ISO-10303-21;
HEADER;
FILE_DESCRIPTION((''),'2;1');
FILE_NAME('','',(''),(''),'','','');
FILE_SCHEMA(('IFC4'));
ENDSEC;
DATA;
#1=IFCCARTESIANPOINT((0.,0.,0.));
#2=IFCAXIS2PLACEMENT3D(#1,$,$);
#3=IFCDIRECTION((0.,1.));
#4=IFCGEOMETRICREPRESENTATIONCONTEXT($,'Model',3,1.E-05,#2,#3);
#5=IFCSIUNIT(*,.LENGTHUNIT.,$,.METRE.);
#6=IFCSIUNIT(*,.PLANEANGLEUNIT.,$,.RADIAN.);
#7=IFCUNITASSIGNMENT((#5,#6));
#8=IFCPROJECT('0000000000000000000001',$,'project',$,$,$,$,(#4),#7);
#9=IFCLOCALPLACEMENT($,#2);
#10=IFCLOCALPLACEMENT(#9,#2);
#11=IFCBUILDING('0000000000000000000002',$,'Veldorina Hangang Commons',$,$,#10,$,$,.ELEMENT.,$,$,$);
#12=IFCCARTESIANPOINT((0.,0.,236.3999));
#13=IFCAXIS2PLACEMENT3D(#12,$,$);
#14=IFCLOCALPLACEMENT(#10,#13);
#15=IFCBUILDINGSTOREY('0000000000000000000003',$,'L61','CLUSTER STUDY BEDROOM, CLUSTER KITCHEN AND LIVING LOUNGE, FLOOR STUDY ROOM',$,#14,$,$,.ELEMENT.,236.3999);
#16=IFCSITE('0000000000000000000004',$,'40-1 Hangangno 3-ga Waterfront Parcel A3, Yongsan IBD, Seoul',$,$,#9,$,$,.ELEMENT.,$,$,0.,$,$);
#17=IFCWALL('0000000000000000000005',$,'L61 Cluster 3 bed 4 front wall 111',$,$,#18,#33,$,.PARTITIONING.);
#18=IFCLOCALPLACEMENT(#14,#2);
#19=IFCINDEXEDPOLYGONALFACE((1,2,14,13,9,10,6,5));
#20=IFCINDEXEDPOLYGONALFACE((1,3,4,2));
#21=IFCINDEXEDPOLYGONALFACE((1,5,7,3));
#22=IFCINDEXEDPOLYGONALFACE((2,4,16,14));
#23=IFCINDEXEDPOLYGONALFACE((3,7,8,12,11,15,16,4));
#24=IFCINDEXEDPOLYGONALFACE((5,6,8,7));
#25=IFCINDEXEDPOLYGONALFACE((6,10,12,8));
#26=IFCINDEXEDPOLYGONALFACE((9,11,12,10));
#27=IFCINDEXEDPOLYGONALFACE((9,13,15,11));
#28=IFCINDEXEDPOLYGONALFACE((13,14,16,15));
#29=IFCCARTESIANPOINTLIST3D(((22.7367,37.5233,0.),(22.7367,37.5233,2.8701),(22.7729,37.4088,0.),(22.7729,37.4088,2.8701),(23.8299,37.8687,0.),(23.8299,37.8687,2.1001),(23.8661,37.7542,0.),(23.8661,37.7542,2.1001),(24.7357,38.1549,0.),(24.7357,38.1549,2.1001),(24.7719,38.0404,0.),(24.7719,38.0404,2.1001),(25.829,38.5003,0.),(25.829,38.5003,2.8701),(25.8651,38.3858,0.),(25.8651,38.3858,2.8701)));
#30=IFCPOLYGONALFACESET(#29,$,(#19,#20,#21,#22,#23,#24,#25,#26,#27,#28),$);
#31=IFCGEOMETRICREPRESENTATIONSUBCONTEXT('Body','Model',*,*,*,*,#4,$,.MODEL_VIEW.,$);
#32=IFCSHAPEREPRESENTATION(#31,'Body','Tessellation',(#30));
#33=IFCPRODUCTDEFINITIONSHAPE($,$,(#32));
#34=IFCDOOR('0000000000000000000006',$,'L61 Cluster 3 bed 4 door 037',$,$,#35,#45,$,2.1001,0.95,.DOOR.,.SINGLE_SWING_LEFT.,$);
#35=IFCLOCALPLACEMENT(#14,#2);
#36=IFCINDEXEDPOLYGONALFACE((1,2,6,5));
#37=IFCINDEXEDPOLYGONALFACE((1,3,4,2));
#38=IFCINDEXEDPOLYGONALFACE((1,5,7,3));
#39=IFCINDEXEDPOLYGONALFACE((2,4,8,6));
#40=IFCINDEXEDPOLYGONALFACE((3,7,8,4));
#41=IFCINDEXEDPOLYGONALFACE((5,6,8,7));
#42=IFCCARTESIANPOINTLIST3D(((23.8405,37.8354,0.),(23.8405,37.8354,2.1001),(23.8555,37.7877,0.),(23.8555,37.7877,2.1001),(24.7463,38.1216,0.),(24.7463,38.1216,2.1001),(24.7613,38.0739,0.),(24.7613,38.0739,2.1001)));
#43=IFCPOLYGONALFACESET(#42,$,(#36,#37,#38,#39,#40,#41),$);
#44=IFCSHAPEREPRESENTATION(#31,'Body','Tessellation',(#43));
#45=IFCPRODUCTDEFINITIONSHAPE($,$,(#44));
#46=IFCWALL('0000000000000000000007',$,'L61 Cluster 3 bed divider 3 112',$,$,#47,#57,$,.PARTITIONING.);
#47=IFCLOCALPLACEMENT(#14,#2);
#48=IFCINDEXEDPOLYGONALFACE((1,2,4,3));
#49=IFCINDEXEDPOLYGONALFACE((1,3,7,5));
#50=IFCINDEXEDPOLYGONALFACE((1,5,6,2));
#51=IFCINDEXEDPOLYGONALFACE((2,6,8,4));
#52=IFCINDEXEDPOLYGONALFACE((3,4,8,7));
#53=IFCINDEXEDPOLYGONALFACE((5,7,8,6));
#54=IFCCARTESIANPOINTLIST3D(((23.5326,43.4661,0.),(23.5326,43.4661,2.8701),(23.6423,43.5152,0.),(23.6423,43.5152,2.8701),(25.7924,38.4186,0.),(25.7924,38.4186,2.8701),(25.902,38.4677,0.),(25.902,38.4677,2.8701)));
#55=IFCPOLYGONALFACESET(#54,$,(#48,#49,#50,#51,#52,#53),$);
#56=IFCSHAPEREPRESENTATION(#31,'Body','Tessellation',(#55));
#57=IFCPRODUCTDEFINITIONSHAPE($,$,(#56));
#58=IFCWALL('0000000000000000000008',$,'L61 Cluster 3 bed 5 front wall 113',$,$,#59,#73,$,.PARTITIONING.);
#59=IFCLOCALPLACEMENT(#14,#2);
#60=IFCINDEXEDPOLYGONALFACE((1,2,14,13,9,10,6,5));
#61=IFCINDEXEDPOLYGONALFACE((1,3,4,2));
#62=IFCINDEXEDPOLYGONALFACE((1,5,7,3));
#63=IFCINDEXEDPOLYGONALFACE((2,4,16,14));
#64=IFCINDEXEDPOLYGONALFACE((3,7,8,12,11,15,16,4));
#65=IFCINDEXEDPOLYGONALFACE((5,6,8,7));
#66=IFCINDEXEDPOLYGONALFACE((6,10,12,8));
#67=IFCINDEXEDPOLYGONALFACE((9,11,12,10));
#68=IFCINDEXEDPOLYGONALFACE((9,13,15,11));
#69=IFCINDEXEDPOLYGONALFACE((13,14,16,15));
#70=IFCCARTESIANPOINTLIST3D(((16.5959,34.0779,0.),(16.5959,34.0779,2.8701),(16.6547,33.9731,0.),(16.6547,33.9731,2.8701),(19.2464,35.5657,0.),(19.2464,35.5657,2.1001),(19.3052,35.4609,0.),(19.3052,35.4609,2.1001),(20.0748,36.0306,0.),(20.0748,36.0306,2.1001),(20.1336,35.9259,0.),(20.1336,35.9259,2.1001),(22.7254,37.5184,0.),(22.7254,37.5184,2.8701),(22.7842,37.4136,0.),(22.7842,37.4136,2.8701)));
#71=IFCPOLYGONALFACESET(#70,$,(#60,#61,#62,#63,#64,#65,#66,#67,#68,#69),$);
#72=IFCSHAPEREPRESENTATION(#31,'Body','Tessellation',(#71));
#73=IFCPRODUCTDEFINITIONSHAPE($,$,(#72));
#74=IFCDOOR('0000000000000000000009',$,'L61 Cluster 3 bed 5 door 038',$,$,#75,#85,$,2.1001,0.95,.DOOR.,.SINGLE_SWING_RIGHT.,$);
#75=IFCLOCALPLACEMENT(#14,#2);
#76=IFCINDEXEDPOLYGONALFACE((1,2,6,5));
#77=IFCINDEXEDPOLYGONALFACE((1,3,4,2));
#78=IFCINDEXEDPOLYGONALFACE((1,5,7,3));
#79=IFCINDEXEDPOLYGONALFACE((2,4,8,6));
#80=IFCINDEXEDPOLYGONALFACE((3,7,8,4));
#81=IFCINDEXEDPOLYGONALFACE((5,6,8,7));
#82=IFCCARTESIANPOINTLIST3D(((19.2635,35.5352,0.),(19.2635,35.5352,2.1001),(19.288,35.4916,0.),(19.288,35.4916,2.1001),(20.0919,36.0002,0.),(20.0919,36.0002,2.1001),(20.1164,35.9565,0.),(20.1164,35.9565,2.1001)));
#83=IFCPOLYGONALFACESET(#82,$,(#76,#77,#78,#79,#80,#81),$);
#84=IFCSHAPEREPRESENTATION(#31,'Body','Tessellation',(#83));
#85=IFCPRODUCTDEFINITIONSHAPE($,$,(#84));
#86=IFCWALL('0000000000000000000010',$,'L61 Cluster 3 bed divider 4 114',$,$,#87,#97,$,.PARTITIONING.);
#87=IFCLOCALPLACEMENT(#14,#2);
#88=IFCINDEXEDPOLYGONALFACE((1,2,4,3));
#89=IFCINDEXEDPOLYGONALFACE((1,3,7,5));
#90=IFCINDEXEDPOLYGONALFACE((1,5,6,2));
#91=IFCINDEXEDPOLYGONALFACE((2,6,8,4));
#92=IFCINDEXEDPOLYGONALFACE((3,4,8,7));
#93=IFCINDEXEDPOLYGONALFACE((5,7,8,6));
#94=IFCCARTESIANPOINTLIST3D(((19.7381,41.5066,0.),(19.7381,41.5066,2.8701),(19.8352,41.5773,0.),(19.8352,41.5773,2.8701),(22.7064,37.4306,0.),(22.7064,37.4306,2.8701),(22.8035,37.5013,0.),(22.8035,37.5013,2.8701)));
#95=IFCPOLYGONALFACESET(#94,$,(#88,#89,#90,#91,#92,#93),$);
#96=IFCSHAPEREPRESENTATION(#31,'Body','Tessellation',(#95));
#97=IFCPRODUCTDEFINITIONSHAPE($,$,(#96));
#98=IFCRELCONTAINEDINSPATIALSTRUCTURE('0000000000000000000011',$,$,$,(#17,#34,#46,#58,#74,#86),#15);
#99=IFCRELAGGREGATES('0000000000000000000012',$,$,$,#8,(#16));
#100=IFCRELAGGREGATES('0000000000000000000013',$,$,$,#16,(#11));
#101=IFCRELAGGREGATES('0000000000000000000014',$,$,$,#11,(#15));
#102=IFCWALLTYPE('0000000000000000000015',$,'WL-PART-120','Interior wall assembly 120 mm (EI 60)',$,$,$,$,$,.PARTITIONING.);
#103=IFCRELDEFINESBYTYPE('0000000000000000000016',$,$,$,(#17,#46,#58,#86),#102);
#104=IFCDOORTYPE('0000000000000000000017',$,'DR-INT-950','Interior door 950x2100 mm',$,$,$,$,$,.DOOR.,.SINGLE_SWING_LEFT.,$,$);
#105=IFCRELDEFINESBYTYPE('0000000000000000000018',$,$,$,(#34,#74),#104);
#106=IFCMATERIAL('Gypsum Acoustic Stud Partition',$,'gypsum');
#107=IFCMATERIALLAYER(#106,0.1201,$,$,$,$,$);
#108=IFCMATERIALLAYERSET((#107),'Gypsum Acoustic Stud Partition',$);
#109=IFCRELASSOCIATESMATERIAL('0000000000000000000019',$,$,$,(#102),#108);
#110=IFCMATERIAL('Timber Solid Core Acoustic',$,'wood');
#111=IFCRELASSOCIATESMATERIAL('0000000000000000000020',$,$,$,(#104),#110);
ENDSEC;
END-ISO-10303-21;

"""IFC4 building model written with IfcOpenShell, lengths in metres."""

from ifc_helpers import new_model, si_unit, direction, frame, frame_2d, origin, place, context, subcontext, project, spatial, rectangle, extrude, material, layer, layer_set, type_object, element, fill, save


model = new_model("IFC4")

# Units and contexts
model_context = context("Model", 3, precision=1e-05, world=origin(), true_north=direction((0.0, 1.0)))
body_context = subcontext(model_context, "Body", "Model", "MODEL_VIEW")
ifc_project = project(units=[si_unit("LENGTHUNIT", "METRE"), si_unit("PLANEANGLEUNIT", "RADIAN")], contexts=[model_context])

# Site, building, storey
site_placement = place(None, origin())
site = spatial("IfcSite", under=ifc_project, at=site_placement, Name="40-1 Hangangno 3-ga Waterfront Parcel A3, Yongsan IBD, Seoul", CompositionType="ELEMENT", RefElevation=0.0)
building_placement = place(site_placement, origin())
building = spatial("IfcBuilding", under=site, at=building_placement, Name="Veldorina Hangang Commons", CompositionType="ELEMENT")
storey_placement = place(building_placement, frame((0.0, 0.0, 236.3999)))
storey = spatial("IfcBuildingStorey", under=building, at=storey_placement, Name="L61", Description="CLUSTER STUDY BEDROOM, CLUSTER KITCHEN AND LIVING LOUNGE, FLOOR STUDY ROOM", CompositionType="ELEMENT", Elevation=236.3999)

# Shared definitions
ifc_material_1 = material(Name="Gypsum Acoustic Stud Partition", Category="gypsum")
ifc_layer_1 = layer(ifc_material_1, 0.1201)
ifc_layer_set_1 = layer_set([ifc_layer_1], Name="Gypsum Acoustic Stud Partition")
wall_type_1 = type_object("IfcWallType", Name="WL-PART-120", Description="Interior wall assembly 120 mm (EI 60)", PredefinedType="PARTITIONING", material=ifc_layer_set_1)
ifc_material_2 = material(Name="Timber Solid Core Acoustic", Category="wood")
door_type = type_object("IfcDoorType", Name="DR-INT-950", Description="Interior door 950x2100 mm", OperationType="SINGLE_SWING_LEFT", PredefinedType="DOOR", material=ifc_material_2)

# Wall, opening, door
wall_1_placement = place(storey_placement, frame((25.8472, 38.4431, 0.0), z_axis=(0.0, 0.0, 1.0), x_axis=(-0.953535, -0.301283, 0.0)))
wall_1 = element("IfcWall", 1, at=wall_1_placement, inside=storey, type_object=wall_type_1, Name="L61 Cluster 3 bed 4 front wall 111", PredefinedType="PARTITIONING", context=body_context, shape_type="SweptSolid", body=[
    extrude(rectangle(XDim=3.2429, YDim=0.1201, at=frame_2d((1.6216, 0.0))), origin(), (0.0, 0.0, 1.0), 2.8701),
])
opening_1_placement = place(wall_1_placement, frame((1.1465, 0.0, 0.0)))
opening_1 = element("IfcOpeningElement", 2, at=opening_1_placement, cuts=wall_1, PredefinedType="OPENING", context=body_context, shape_type="SweptSolid", body=[
    extrude(rectangle(XDim=0.95, YDim=2.1001, at=frame_2d((0.4751, 1.05))), frame((0.0, 0.0701, 0.0), z_axis=(0.0, -1.0, 0.0), x_axis=(1.0, 0.0, 0.0)), (0.0, 0.0, 1.0), 0.1401),
])
door_1_placement = place(opening_1_placement, origin())
door_1 = element("IfcDoor", 3, at=door_1_placement, inside=storey, type_object=door_type, Name="L61 Cluster 3 bed 4 door 037", OperationType="SINGLE_SWING_LEFT", OverallHeight=2.1001, OverallWidth=0.95, PredefinedType="DOOR", context=body_context, shape_type="SweptSolid", body=[
    extrude(rectangle(XDim=0.95, YDim=2.1001, at=frame_2d((0.4751, 1.05))), frame((0.0, 0.0249, 0.0), z_axis=(0.0, -1.0, 0.0), x_axis=(1.0, 0.0, 0.0)), (0.0, 0.0, 1.0), 0.05),
])
fill(opening_1, door_1)

# Wall
wall_2_placement = place(storey_placement, frame((25.8472, 38.4431, 0.0), z_axis=(0.0, 0.0, 1.0), x_axis=(-0.408611, 0.912709, 0.0)))
element("IfcWall", 4, at=wall_2_placement, inside=storey, type_object=wall_type_1, Name="L61 Cluster 3 bed divider 3 112", PredefinedType="PARTITIONING", context=body_context, shape_type="SweptSolid", body=[
    extrude(rectangle(XDim=5.5303, YDim=0.1201, at=frame_2d((2.7651, 0.0))), origin(), (0.0, 0.0, 1.0), 2.8701),
])

# Wall, opening, door
wall_3_placement = place(storey_placement, frame((22.7549, 37.4661, 0.0), z_axis=(0.0, 0.0, 1.0), x_axis=(-0.872022, -0.489466, 0.0)))
wall_3 = element("IfcWall", 5, at=wall_3_placement, inside=storey, type_object=wall_type_1, Name="L61 Cluster 3 bed 5 front wall 113", PredefinedType="PARTITIONING", context=body_context, shape_type="SweptSolid", body=[
    extrude(rectangle(XDim=7.0291, YDim=0.1201, at=frame_2d((3.5146, 0.0))), origin(), (0.0, 0.0, 1.0), 2.8701),
])
opening_2_placement = place(wall_3_placement, frame((3.0396, 0.0, 0.0)))
opening_2 = element("IfcOpeningElement", 6, at=opening_2_placement, cuts=wall_3, PredefinedType="OPENING", context=body_context, shape_type="SweptSolid", body=[
    extrude(rectangle(XDim=0.95, YDim=2.1001, at=frame_2d((0.4751, 1.05))), frame((0.0, 0.0701, 0.0), z_axis=(0.0, -1.0, 0.0), x_axis=(1.0, 0.0, 0.0)), (0.0, 0.0, 1.0), 0.1401),
])
door_2_placement = place(opening_2_placement, origin())
door_2 = element("IfcDoor", 7, at=door_2_placement, inside=storey, type_object=door_type, Name="L61 Cluster 3 bed 5 door 038", OperationType="SINGLE_SWING_RIGHT", OverallHeight=2.1001, OverallWidth=0.95, PredefinedType="DOOR", context=body_context, shape_type="SweptSolid", body=[
    extrude(rectangle(XDim=0.95, YDim=2.1001, at=frame_2d((0.4751, 1.05))), frame((0.0, 0.0249, 0.0), z_axis=(0.0, -1.0, 0.0), x_axis=(1.0, 0.0, 0.0)), (0.0, 0.0, 1.0), 0.05),
])
fill(opening_2, door_2)

# Wall
wall_4_placement = place(storey_placement, frame((22.7549, 37.4661, 0.0), z_axis=(0.0, 0.0, 1.0), x_axis=(-0.588684, 0.808363, 0.0)))
element("IfcWall", 8, at=wall_4_placement, inside=storey, type_object=wall_type_1, Name="L61 Cluster 3 bed divider 4 114", PredefinedType="PARTITIONING", context=body_context, shape_type="SweptSolid", body=[
    extrude(rectangle(XDim=5.0422, YDim=0.1201, at=frame_2d((2.521, 0.0))), origin(), (0.0, 0.0, 1.0), 2.8701),
])

save(model, "model.ifc")
